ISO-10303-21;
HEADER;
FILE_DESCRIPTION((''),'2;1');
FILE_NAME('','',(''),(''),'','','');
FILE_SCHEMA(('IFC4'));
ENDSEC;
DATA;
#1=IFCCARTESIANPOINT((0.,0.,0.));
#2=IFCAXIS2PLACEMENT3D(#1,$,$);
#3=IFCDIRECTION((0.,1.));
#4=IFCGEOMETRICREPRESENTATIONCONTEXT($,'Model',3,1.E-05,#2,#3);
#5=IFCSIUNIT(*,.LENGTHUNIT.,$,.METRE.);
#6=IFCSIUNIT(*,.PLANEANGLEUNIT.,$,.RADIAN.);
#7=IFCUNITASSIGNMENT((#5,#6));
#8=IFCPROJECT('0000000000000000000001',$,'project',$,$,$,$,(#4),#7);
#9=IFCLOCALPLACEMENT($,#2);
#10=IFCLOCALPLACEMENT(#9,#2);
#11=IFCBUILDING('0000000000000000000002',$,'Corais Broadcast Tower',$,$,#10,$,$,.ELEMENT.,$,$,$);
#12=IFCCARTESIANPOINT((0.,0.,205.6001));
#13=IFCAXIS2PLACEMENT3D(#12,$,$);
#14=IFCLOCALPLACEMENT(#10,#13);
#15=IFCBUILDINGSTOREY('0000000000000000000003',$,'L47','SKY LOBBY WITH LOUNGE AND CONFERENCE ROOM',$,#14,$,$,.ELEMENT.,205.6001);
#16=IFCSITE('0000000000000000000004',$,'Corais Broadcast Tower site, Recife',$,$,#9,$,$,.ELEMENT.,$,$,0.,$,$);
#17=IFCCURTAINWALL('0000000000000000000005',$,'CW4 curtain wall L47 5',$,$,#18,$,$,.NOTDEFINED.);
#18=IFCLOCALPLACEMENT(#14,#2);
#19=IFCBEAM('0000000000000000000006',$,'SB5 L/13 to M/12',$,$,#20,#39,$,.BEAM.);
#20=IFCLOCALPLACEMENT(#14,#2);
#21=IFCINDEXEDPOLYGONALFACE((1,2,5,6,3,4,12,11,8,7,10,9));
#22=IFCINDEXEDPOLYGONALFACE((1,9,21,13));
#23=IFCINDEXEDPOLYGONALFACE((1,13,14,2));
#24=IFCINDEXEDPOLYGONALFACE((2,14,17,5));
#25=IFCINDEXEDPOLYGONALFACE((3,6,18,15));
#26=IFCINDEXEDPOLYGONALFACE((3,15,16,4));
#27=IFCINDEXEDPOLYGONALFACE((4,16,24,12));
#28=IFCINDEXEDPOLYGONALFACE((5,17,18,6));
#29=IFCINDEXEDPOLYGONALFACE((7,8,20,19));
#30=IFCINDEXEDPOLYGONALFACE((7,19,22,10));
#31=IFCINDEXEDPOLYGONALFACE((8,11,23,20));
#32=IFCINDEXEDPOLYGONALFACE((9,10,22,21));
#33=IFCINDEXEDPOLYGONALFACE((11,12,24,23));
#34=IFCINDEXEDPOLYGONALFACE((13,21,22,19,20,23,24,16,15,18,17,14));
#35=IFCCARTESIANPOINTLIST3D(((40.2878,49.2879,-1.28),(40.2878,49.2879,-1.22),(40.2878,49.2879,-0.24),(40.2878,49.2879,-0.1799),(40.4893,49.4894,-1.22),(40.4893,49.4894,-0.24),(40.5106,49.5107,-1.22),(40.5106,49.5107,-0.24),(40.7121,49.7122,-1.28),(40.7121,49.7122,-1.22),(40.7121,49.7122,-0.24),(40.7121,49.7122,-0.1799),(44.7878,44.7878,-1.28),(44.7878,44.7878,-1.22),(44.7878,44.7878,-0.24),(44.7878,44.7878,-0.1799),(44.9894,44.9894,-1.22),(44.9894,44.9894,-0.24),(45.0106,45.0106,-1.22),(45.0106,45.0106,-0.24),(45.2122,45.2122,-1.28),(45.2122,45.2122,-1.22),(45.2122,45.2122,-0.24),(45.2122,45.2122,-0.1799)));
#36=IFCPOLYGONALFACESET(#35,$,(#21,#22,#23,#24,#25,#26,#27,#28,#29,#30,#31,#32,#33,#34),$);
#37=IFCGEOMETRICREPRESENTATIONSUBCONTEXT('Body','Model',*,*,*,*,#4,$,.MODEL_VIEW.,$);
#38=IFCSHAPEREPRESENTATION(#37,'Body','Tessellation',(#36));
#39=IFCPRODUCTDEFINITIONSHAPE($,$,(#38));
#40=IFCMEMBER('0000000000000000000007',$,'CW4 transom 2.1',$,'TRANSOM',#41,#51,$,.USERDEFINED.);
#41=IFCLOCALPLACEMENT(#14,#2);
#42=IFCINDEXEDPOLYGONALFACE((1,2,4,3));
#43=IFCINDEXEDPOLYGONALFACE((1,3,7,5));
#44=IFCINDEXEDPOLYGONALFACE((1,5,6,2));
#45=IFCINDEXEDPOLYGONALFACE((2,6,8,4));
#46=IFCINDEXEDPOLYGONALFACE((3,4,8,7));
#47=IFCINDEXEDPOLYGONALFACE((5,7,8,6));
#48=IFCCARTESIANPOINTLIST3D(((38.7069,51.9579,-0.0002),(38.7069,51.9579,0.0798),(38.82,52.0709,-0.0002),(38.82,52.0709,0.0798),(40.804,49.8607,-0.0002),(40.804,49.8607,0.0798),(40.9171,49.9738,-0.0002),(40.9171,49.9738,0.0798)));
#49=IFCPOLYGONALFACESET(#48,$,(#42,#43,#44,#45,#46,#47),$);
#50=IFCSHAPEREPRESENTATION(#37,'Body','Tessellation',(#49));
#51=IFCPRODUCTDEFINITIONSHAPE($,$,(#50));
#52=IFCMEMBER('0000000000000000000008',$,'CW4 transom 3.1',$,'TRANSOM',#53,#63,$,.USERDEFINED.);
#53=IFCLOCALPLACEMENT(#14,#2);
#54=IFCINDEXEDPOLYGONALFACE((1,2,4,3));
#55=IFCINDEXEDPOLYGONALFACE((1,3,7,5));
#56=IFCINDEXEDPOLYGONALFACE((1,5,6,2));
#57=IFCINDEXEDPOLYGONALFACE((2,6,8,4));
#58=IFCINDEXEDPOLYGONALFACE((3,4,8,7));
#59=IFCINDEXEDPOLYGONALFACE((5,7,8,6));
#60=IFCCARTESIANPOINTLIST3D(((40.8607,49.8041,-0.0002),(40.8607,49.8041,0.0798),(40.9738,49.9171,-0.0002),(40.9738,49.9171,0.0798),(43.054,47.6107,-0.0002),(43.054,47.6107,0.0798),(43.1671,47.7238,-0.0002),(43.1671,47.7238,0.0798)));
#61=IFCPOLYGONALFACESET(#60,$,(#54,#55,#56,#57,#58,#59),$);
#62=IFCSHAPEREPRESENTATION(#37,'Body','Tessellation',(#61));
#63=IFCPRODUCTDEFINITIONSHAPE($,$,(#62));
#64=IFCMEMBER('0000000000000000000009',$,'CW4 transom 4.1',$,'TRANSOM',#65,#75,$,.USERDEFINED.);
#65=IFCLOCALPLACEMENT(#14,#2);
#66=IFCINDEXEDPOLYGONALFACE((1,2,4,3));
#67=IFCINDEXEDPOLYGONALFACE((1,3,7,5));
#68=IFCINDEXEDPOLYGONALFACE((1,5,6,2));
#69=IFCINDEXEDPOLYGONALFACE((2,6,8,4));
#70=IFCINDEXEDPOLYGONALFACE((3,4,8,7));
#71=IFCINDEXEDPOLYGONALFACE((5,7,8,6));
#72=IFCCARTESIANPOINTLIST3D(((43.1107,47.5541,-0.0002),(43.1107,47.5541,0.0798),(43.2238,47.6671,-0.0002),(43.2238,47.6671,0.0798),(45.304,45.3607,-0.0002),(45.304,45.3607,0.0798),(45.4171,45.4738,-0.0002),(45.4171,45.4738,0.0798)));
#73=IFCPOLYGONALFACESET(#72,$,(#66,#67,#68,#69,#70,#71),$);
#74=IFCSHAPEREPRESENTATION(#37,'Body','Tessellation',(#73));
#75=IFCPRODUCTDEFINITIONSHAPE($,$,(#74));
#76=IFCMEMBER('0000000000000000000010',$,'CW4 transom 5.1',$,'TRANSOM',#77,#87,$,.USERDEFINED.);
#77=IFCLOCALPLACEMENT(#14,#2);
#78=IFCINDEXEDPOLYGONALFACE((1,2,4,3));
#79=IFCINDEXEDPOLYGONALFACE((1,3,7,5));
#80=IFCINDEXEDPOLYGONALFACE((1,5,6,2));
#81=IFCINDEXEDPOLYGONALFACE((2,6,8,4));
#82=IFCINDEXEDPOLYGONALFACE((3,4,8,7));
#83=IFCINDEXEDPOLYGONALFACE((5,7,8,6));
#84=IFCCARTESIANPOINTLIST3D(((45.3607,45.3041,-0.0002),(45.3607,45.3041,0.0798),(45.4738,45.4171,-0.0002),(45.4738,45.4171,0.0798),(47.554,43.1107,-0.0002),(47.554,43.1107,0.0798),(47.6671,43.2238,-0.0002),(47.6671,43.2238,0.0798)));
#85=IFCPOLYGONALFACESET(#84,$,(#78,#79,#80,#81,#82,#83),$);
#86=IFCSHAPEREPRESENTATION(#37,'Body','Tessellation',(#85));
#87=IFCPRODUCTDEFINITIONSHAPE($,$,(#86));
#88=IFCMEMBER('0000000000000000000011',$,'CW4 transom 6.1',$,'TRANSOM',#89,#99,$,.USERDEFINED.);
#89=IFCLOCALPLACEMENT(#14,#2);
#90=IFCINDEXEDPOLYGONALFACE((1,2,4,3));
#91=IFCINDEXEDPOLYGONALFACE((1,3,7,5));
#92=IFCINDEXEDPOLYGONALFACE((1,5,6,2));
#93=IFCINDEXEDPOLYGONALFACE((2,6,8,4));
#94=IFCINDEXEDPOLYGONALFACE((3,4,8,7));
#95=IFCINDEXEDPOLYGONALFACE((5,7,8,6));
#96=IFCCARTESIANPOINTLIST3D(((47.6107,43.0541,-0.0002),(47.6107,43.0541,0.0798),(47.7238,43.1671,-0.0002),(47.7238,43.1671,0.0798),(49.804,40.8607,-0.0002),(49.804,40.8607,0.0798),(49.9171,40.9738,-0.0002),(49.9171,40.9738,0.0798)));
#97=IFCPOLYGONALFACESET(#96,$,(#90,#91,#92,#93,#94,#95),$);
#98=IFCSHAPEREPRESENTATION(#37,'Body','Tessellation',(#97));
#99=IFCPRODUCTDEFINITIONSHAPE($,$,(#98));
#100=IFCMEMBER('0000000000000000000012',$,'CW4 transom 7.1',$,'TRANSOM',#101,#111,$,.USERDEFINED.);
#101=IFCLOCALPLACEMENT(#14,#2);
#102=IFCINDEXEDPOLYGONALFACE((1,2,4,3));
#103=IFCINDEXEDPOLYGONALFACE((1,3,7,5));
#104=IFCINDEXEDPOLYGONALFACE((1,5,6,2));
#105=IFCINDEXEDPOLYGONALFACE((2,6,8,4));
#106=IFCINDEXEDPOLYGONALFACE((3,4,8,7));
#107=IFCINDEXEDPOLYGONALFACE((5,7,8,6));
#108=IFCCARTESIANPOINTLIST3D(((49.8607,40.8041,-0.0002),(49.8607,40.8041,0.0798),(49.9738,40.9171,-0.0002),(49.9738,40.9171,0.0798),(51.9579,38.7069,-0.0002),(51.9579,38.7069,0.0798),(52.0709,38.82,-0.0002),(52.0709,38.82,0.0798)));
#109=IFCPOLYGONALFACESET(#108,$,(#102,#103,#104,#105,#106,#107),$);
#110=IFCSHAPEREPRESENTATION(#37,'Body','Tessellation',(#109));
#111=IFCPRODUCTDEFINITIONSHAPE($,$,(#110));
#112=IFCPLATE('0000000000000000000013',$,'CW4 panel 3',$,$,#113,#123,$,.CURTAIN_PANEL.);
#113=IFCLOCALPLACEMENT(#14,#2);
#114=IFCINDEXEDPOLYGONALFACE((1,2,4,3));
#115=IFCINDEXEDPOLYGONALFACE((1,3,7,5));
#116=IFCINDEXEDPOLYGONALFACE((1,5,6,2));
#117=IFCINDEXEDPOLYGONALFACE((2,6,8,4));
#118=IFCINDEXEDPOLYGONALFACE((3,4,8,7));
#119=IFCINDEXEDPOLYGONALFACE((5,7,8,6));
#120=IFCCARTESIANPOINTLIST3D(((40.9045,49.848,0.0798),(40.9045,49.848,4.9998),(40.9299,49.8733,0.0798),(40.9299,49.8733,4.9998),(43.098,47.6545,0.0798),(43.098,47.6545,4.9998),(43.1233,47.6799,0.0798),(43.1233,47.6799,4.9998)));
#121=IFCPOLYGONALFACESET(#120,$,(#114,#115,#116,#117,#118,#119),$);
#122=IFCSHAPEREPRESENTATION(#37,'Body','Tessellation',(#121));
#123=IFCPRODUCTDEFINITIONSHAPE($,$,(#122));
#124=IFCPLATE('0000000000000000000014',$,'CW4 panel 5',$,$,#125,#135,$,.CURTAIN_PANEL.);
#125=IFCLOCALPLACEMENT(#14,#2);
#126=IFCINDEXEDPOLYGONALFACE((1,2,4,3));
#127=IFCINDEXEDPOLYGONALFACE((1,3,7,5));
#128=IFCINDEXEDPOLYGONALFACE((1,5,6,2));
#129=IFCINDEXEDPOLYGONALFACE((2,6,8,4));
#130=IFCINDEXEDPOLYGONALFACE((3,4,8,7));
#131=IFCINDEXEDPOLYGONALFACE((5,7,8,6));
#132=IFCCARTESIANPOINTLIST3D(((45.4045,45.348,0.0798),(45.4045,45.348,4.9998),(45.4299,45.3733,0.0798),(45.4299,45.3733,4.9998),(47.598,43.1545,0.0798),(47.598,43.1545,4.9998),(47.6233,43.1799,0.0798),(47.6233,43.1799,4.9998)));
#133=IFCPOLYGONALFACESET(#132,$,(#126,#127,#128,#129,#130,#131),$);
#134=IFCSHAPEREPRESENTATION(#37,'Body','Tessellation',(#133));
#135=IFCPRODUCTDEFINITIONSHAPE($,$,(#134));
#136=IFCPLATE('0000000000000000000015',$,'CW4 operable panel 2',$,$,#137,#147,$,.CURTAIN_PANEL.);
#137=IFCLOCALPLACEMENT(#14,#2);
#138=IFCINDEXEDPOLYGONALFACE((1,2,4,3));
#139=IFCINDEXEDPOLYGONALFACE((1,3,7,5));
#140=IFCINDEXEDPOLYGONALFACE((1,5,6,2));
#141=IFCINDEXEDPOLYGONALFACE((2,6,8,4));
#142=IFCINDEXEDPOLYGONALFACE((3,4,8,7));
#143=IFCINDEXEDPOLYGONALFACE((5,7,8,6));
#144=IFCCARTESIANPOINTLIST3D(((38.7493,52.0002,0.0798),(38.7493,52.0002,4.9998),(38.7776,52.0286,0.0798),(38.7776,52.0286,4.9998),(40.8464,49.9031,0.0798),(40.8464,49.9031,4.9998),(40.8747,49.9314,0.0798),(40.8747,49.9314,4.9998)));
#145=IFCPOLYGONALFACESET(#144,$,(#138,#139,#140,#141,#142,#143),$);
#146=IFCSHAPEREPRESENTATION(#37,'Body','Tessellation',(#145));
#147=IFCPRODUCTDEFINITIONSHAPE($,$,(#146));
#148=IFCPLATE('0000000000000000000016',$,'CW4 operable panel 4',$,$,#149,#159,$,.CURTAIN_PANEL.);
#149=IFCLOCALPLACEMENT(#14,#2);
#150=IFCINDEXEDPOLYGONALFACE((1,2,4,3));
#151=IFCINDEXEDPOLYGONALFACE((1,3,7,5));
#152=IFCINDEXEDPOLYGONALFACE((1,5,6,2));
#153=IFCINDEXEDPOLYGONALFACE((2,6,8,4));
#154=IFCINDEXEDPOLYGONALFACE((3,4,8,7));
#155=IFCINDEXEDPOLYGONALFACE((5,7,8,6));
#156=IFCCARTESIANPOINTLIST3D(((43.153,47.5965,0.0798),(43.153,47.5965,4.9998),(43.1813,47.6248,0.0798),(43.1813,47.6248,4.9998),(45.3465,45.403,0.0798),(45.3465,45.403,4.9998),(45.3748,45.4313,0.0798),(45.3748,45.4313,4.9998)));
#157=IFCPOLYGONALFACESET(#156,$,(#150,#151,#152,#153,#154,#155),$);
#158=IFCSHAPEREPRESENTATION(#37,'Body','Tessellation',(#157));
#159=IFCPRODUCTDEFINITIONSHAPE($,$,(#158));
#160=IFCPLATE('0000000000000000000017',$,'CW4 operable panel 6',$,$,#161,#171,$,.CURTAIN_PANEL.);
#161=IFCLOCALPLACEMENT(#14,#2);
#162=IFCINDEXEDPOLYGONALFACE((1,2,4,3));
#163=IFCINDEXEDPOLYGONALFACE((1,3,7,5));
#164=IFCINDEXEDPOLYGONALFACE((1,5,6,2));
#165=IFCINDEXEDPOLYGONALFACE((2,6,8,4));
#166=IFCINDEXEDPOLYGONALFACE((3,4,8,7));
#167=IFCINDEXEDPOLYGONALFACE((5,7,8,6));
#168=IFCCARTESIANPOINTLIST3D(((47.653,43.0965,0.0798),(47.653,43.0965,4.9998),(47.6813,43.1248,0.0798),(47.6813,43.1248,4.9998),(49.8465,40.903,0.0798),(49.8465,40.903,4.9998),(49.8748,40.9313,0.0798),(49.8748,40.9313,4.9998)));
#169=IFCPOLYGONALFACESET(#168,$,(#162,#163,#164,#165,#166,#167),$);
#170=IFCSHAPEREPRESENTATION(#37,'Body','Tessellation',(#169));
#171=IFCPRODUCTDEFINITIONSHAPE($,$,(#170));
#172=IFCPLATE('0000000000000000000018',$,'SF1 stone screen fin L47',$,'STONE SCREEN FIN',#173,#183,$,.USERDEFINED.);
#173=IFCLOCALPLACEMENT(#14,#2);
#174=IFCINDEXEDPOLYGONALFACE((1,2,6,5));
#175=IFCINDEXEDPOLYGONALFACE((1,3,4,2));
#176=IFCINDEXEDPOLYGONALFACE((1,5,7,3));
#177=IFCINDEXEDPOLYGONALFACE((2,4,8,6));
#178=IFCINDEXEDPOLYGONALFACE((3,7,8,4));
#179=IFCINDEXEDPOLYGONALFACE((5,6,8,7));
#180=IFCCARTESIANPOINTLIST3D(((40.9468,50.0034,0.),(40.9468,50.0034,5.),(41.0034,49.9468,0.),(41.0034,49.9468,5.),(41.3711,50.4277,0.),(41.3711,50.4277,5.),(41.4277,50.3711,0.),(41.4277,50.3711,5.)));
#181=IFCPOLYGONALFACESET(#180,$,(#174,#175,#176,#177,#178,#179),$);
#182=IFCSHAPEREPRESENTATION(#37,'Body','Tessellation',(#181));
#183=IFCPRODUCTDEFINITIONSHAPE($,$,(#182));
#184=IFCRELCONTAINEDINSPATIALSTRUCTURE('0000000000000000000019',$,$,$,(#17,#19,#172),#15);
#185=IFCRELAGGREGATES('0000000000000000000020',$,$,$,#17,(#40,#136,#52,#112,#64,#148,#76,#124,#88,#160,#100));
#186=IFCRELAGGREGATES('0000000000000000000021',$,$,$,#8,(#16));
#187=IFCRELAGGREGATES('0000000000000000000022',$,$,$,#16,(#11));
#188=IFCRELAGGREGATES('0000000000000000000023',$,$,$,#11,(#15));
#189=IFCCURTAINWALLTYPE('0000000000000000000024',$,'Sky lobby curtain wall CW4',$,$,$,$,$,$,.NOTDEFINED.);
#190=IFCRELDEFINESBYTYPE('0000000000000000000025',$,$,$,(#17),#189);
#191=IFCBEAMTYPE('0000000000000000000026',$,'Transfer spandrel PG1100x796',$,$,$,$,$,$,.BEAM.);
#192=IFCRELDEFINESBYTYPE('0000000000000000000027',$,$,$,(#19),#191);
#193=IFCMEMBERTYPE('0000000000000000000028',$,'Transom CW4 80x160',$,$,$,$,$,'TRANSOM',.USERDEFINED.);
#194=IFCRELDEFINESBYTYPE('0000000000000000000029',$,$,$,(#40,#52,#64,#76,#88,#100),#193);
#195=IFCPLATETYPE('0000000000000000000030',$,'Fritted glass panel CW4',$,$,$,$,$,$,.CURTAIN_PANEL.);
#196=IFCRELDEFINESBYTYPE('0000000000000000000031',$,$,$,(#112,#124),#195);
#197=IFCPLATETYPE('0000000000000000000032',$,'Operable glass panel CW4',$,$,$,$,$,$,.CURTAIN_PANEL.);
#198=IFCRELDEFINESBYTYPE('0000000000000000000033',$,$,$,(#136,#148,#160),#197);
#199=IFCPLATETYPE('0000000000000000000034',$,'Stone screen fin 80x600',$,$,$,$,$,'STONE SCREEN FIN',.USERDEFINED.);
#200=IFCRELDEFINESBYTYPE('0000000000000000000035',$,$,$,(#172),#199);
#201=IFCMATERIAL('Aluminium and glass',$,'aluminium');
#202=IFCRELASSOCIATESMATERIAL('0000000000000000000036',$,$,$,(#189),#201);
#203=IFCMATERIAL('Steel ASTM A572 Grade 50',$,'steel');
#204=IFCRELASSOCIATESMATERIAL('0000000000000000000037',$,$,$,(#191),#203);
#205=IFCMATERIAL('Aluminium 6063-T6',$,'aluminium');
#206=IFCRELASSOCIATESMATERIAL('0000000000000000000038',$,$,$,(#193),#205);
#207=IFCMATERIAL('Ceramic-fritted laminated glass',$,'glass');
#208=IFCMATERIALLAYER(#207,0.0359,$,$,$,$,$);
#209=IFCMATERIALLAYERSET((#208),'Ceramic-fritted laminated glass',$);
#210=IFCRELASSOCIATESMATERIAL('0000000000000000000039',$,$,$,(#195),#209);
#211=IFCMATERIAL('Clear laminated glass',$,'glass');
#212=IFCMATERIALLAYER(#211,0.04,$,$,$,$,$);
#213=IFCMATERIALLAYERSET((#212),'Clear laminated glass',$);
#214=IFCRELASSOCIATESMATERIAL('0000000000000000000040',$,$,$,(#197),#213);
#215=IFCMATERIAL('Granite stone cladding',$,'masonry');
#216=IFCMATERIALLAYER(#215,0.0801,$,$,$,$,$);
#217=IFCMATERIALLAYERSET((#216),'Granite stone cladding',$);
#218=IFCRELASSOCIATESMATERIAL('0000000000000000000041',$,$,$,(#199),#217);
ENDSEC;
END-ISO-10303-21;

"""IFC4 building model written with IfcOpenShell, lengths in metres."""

from ifc_helpers import new_model, si_unit, direction, frame, origin, origin_2d, place, context, subcontext, project, spatial, rectangle, i_section, extrude, material, layer, layer_set, material_profile, profile_set, type_object, element, aggregate, save


model = new_model("IFC4")

# Units and contexts
model_context = context("Model", 3, precision=1e-05, world=origin(), true_north=direction((0.0, 1.0)))
body_context = subcontext(model_context, "Body", "Model", "MODEL_VIEW")
ifc_project = project(units=[si_unit("LENGTHUNIT", "METRE"), si_unit("PLANEANGLEUNIT", "RADIAN")], contexts=[model_context])

# Site, building, storey
site_placement = place(None, origin())
site = spatial("IfcSite", under=ifc_project, at=site_placement, Name="Corais Broadcast Tower site, Recife", CompositionType="ELEMENT", RefElevation=0.0)
building_placement = place(site_placement, origin())
building = spatial("IfcBuilding", under=site, at=building_placement, Name="Corais Broadcast Tower", CompositionType="ELEMENT")
storey_placement = place(building_placement, frame((0.0, 0.0, 205.6001)))
storey = spatial("IfcBuildingStorey", under=building, at=storey_placement, Name="L47", Description="SKY LOBBY WITH LOUNGE AND CONFERENCE ROOM", CompositionType="ELEMENT", Elevation=205.6001)

# Curtain wall
ifc_material_1 = material(Name="Aluminium and glass", Category="aluminium")
curtain_wall_type = type_object("IfcCurtainWallType", Name="Sky lobby curtain wall CW4", PredefinedType="NOTDEFINED", material=ifc_material_1)
curtain_wall_placement = place(storey_placement, origin())
curtain_wall = element("IfcCurtainWall", 1, at=curtain_wall_placement, inside=storey, type_object=curtain_wall_type, Name="CW4 curtain wall L47 5", PredefinedType="NOTDEFINED")

# Beam
ifc_material_2 = material(Name="Steel ASTM A572 Grade 50", Category="steel")
ifc_material_profile_1 = material_profile(ifc_material_2, i_section(OverallWidth=0.6001, OverallDepth=1.1001, WebThickness=0.03, FlangeThickness=0.0601, at=origin_2d()), Name="PG1100x796")
ifc_profile_set_1 = profile_set([ifc_material_profile_1], Name="Steel ASTM A572 Grade 50")
beam_type_1 = type_object("IfcBeamType", Name="Transfer spandrel PG1100x796", PredefinedType="BEAM", material=ifc_profile_set_1)
for number, where, z_axis, x_axis, name in (
    (2, (45.0, 45.0, -0.73), (-0.707107, 0.707107, 0.0), (-0.707107, -0.707107, 0.0), "SB5 L/13 to M/12"),
):
    element("IfcBeam", number, at=place(storey_placement, frame(where, z_axis=z_axis, x_axis=x_axis)), inside=storey, type_object=beam_type_1, Name=name, PredefinedType="BEAM", context=body_context, shape_type="SweptSolid", body=[
        extrude(i_section(OverallWidth=0.6001, OverallDepth=1.1001, WebThickness=0.03, FlangeThickness=0.0601, at=origin_2d()), origin(), (0.0, 0.0, 1.0), 6.364),
    ])

# Members
ifc_material_3 = material(Name="Aluminium 6063-T6", Category="aluminium")
ifc_material_profile_2 = material_profile(ifc_material_3, rectangle(XDim=0.1599, YDim=0.0801, at=origin_2d()), Name="Transom CW4 80x160")
ifc_profile_set_2 = profile_set([ifc_material_profile_2], Name="Aluminium 6063-T6")
member_type_1 = type_object("IfcMemberType", Name="Transom CW4 80x160", ElementType="TRANSOM", PredefinedType="USERDEFINED", material=ifc_profile_set_2)
member_1_placement = place(storey_placement, frame((38.7634, 52.0144, 0.0398), z_axis=(0.707107, -0.707107, 0.0), x_axis=(0.707107, 0.707107, 0.0)))
member_1 = element("IfcMember", 3, at=member_1_placement, type_object=member_type_1, Name="CW4 transom 2.1", ObjectType="TRANSOM", PredefinedType="USERDEFINED", context=body_context, shape_type="SweptSolid", body=[
    extrude(rectangle(XDim=0.1599, YDim=0.0801, at=origin_2d()), origin(), (0.0, 0.0, 1.0), 2.9658),
])
member_2_placement = place(storey_placement, frame((40.9172, 49.8606, 0.0398), z_axis=(0.707107, -0.707107, 0.0), x_axis=(0.707107, 0.707107, 0.0)))
member_2 = element("IfcMember", 4, at=member_2_placement, type_object=member_type_1, Name="CW4 transom 3.1", ObjectType="TRANSOM", PredefinedType="USERDEFINED", context=body_context, shape_type="SweptSolid", body=[
    extrude(rectangle(XDim=0.1599, YDim=0.0801, at=origin_2d()), origin(), (0.0, 0.0, 1.0), 3.1018),
])
member_3_placement = place(storey_placement, frame((43.1672, 47.6106, 0.0398), z_axis=(0.707107, -0.707107, 0.0), x_axis=(0.707107, 0.707107, 0.0)))
member_3 = element("IfcMember", 5, at=member_3_placement, type_object=member_type_1, Name="CW4 transom 4.1", ObjectType="TRANSOM", PredefinedType="USERDEFINED", context=body_context, shape_type="SweptSolid", body=[
    extrude(rectangle(XDim=0.1599, YDim=0.0801, at=origin_2d()), origin(), (0.0, 0.0, 1.0), 3.1018),
])
member_4_placement = place(storey_placement, frame((45.4172, 45.3606, 0.0398), z_axis=(0.707107, -0.707107, 0.0), x_axis=(0.707107, 0.707107, 0.0)))
member_4 = element("IfcMember", 6, at=member_4_placement, type_object=member_type_1, Name="CW4 transom 5.1", ObjectType="TRANSOM", PredefinedType="USERDEFINED", context=body_context, shape_type="SweptSolid", body=[
    extrude(rectangle(XDim=0.1599, YDim=0.0801, at=origin_2d()), origin(), (0.0, 0.0, 1.0), 3.1018),
])
member_5_placement = place(storey_placement, frame((47.6672, 43.1106, 0.0398), z_axis=(0.707107, -0.707107, 0.0), x_axis=(0.707107, 0.707107, 0.0)))
member_5 = element("IfcMember", 7, at=member_5_placement, type_object=member_type_1, Name="CW4 transom 6.1", ObjectType="TRANSOM", PredefinedType="USERDEFINED", context=body_context, shape_type="SweptSolid", body=[
    extrude(rectangle(XDim=0.1599, YDim=0.0801, at=origin_2d()), origin(), (0.0, 0.0, 1.0), 3.1018),
])
member_6_placement = place(storey_placement, frame((49.9172, 40.8606, 0.0398), z_axis=(0.707107, -0.707107, 0.0), x_axis=(0.707107, 0.707107, 0.0)))
member_6 = element("IfcMember", 8, at=member_6_placement, type_object=member_type_1, Name="CW4 transom 7.1", ObjectType="TRANSOM", PredefinedType="USERDEFINED", context=body_context, shape_type="SweptSolid", body=[
    extrude(rectangle(XDim=0.1599, YDim=0.0801, at=origin_2d()), origin(), (0.0, 0.0, 1.0), 2.9658),
])

# Plates
ifc_material_4 = material(Name="Ceramic-fritted laminated glass", Category="glass")
ifc_layer_1 = layer(ifc_material_4, 0.0359)
ifc_layer_set_1 = layer_set([ifc_layer_1], Name="Ceramic-fritted laminated glass")
plate_type_1 = type_object("IfcPlateType", Name="Fritted glass panel CW4", PredefinedType="CURTAIN_PANEL", material=ifc_layer_set_1)
plate_1_placement = place(storey_placement, frame((42.0139, 48.7639, 0.0798), z_axis=(0.0, 0.0, 1.0), x_axis=(0.707107, -0.707107, 0.0)))
plate_1 = element("IfcPlate", 9, at=plate_1_placement, type_object=plate_type_1, Name="CW4 panel 3", PredefinedType="CURTAIN_PANEL", context=body_context, shape_type="SweptSolid", body=[
    extrude(rectangle(XDim=3.1021, YDim=0.0359, at=origin_2d()), origin(), (0.0, 0.0, 1.0), 4.9199),
])
plate_2_placement = place(storey_placement, frame((46.5139, 44.2639, 0.0798), z_axis=(0.0, 0.0, 1.0), x_axis=(0.707107, -0.707107, 0.0)))
plate_2 = element("IfcPlate", 10, at=plate_2_placement, type_object=plate_type_1, Name="CW4 panel 5", PredefinedType="CURTAIN_PANEL", context=body_context, shape_type="SweptSolid", body=[
    extrude(rectangle(XDim=3.1021, YDim=0.0359, at=origin_2d()), origin(), (0.0, 0.0, 1.0), 4.9199),
])
ifc_material_5 = material(Name="Clear laminated glass", Category="glass")
ifc_layer_2 = layer(ifc_material_5, 0.04)
ifc_layer_set_2 = layer_set([ifc_layer_2], Name="Clear laminated glass")
plate_type_2 = type_object("IfcPlateType", Name="Operable glass panel CW4", PredefinedType="CURTAIN_PANEL", material=ifc_layer_set_2)
plate_3_placement = place(storey_placement, frame((39.812, 50.9658, 0.0798), z_axis=(0.0, 0.0, 1.0), x_axis=(0.707107, -0.707107, 0.0)))
plate_3 = element("IfcPlate", 11, at=plate_3_placement, type_object=plate_type_2, Name="CW4 operable panel 2", PredefinedType="CURTAIN_PANEL", context=body_context, shape_type="SweptSolid", body=[
    extrude(rectangle(XDim=2.9658, YDim=0.04, at=origin_2d()), origin(), (0.0, 0.0, 1.0), 4.9199),
])
plate_4_placement = place(storey_placement, frame((44.2639, 46.5139, 0.0798), z_axis=(0.0, 0.0, 1.0), x_axis=(0.707107, -0.707107, 0.0)))
plate_4 = element("IfcPlate", 12, at=plate_4_placement, type_object=plate_type_2, Name="CW4 operable panel 4", PredefinedType="CURTAIN_PANEL", context=body_context, shape_type="SweptSolid", body=[
    extrude(rectangle(XDim=3.1021, YDim=0.04, at=origin_2d()), origin(), (0.0, 0.0, 1.0), 4.9199),
])
plate_5_placement = place(storey_placement, frame((48.7639, 42.0139, 0.0798), z_axis=(0.0, 0.0, 1.0), x_axis=(0.707107, -0.707107, 0.0)))
plate_5 = element("IfcPlate", 13, at=plate_5_placement, type_object=plate_type_2, Name="CW4 operable panel 6", PredefinedType="CURTAIN_PANEL", context=body_context, shape_type="SweptSolid", body=[
    extrude(rectangle(XDim=3.1021, YDim=0.04, at=origin_2d()), origin(), (0.0, 0.0, 1.0), 4.9199),
])
aggregate(curtain_wall, [member_1, plate_3, member_2, plate_1, member_3, plate_4, member_4, plate_2, member_5, plate_5, member_6])

# Plate
ifc_material_6 = material(Name="Granite stone cladding", Category="masonry")
ifc_layer_3 = layer(ifc_material_6, 0.0801)
ifc_layer_set_3 = layer_set([ifc_layer_3], Name="Granite stone cladding")
plate_type_3 = type_object("IfcPlateType", Name="Stone screen fin 80x600", ElementType="STONE SCREEN FIN", PredefinedType="USERDEFINED", material=ifc_layer_set_3)
for number, where, z_axis, x_axis, name in (
    (14, (41.1873, 50.1873, 0.0), (0.0, 0.0, 1.0), (0.707107, -0.707107, 0.0), "SF1 stone screen fin L47"),
):
    element("IfcPlate", number, at=place(storey_placement, frame(where, z_axis=z_axis, x_axis=x_axis)), inside=storey, type_object=plate_type_3, Name=name, ObjectType="STONE SCREEN FIN", PredefinedType="USERDEFINED", context=body_context, shape_type="SweptSolid", body=[
        extrude(rectangle(XDim=0.0801, YDim=0.6001, at=origin_2d()), origin(), (0.0, 0.0, 1.0), 5.0),
    ])

save(model, "model.ifc")
